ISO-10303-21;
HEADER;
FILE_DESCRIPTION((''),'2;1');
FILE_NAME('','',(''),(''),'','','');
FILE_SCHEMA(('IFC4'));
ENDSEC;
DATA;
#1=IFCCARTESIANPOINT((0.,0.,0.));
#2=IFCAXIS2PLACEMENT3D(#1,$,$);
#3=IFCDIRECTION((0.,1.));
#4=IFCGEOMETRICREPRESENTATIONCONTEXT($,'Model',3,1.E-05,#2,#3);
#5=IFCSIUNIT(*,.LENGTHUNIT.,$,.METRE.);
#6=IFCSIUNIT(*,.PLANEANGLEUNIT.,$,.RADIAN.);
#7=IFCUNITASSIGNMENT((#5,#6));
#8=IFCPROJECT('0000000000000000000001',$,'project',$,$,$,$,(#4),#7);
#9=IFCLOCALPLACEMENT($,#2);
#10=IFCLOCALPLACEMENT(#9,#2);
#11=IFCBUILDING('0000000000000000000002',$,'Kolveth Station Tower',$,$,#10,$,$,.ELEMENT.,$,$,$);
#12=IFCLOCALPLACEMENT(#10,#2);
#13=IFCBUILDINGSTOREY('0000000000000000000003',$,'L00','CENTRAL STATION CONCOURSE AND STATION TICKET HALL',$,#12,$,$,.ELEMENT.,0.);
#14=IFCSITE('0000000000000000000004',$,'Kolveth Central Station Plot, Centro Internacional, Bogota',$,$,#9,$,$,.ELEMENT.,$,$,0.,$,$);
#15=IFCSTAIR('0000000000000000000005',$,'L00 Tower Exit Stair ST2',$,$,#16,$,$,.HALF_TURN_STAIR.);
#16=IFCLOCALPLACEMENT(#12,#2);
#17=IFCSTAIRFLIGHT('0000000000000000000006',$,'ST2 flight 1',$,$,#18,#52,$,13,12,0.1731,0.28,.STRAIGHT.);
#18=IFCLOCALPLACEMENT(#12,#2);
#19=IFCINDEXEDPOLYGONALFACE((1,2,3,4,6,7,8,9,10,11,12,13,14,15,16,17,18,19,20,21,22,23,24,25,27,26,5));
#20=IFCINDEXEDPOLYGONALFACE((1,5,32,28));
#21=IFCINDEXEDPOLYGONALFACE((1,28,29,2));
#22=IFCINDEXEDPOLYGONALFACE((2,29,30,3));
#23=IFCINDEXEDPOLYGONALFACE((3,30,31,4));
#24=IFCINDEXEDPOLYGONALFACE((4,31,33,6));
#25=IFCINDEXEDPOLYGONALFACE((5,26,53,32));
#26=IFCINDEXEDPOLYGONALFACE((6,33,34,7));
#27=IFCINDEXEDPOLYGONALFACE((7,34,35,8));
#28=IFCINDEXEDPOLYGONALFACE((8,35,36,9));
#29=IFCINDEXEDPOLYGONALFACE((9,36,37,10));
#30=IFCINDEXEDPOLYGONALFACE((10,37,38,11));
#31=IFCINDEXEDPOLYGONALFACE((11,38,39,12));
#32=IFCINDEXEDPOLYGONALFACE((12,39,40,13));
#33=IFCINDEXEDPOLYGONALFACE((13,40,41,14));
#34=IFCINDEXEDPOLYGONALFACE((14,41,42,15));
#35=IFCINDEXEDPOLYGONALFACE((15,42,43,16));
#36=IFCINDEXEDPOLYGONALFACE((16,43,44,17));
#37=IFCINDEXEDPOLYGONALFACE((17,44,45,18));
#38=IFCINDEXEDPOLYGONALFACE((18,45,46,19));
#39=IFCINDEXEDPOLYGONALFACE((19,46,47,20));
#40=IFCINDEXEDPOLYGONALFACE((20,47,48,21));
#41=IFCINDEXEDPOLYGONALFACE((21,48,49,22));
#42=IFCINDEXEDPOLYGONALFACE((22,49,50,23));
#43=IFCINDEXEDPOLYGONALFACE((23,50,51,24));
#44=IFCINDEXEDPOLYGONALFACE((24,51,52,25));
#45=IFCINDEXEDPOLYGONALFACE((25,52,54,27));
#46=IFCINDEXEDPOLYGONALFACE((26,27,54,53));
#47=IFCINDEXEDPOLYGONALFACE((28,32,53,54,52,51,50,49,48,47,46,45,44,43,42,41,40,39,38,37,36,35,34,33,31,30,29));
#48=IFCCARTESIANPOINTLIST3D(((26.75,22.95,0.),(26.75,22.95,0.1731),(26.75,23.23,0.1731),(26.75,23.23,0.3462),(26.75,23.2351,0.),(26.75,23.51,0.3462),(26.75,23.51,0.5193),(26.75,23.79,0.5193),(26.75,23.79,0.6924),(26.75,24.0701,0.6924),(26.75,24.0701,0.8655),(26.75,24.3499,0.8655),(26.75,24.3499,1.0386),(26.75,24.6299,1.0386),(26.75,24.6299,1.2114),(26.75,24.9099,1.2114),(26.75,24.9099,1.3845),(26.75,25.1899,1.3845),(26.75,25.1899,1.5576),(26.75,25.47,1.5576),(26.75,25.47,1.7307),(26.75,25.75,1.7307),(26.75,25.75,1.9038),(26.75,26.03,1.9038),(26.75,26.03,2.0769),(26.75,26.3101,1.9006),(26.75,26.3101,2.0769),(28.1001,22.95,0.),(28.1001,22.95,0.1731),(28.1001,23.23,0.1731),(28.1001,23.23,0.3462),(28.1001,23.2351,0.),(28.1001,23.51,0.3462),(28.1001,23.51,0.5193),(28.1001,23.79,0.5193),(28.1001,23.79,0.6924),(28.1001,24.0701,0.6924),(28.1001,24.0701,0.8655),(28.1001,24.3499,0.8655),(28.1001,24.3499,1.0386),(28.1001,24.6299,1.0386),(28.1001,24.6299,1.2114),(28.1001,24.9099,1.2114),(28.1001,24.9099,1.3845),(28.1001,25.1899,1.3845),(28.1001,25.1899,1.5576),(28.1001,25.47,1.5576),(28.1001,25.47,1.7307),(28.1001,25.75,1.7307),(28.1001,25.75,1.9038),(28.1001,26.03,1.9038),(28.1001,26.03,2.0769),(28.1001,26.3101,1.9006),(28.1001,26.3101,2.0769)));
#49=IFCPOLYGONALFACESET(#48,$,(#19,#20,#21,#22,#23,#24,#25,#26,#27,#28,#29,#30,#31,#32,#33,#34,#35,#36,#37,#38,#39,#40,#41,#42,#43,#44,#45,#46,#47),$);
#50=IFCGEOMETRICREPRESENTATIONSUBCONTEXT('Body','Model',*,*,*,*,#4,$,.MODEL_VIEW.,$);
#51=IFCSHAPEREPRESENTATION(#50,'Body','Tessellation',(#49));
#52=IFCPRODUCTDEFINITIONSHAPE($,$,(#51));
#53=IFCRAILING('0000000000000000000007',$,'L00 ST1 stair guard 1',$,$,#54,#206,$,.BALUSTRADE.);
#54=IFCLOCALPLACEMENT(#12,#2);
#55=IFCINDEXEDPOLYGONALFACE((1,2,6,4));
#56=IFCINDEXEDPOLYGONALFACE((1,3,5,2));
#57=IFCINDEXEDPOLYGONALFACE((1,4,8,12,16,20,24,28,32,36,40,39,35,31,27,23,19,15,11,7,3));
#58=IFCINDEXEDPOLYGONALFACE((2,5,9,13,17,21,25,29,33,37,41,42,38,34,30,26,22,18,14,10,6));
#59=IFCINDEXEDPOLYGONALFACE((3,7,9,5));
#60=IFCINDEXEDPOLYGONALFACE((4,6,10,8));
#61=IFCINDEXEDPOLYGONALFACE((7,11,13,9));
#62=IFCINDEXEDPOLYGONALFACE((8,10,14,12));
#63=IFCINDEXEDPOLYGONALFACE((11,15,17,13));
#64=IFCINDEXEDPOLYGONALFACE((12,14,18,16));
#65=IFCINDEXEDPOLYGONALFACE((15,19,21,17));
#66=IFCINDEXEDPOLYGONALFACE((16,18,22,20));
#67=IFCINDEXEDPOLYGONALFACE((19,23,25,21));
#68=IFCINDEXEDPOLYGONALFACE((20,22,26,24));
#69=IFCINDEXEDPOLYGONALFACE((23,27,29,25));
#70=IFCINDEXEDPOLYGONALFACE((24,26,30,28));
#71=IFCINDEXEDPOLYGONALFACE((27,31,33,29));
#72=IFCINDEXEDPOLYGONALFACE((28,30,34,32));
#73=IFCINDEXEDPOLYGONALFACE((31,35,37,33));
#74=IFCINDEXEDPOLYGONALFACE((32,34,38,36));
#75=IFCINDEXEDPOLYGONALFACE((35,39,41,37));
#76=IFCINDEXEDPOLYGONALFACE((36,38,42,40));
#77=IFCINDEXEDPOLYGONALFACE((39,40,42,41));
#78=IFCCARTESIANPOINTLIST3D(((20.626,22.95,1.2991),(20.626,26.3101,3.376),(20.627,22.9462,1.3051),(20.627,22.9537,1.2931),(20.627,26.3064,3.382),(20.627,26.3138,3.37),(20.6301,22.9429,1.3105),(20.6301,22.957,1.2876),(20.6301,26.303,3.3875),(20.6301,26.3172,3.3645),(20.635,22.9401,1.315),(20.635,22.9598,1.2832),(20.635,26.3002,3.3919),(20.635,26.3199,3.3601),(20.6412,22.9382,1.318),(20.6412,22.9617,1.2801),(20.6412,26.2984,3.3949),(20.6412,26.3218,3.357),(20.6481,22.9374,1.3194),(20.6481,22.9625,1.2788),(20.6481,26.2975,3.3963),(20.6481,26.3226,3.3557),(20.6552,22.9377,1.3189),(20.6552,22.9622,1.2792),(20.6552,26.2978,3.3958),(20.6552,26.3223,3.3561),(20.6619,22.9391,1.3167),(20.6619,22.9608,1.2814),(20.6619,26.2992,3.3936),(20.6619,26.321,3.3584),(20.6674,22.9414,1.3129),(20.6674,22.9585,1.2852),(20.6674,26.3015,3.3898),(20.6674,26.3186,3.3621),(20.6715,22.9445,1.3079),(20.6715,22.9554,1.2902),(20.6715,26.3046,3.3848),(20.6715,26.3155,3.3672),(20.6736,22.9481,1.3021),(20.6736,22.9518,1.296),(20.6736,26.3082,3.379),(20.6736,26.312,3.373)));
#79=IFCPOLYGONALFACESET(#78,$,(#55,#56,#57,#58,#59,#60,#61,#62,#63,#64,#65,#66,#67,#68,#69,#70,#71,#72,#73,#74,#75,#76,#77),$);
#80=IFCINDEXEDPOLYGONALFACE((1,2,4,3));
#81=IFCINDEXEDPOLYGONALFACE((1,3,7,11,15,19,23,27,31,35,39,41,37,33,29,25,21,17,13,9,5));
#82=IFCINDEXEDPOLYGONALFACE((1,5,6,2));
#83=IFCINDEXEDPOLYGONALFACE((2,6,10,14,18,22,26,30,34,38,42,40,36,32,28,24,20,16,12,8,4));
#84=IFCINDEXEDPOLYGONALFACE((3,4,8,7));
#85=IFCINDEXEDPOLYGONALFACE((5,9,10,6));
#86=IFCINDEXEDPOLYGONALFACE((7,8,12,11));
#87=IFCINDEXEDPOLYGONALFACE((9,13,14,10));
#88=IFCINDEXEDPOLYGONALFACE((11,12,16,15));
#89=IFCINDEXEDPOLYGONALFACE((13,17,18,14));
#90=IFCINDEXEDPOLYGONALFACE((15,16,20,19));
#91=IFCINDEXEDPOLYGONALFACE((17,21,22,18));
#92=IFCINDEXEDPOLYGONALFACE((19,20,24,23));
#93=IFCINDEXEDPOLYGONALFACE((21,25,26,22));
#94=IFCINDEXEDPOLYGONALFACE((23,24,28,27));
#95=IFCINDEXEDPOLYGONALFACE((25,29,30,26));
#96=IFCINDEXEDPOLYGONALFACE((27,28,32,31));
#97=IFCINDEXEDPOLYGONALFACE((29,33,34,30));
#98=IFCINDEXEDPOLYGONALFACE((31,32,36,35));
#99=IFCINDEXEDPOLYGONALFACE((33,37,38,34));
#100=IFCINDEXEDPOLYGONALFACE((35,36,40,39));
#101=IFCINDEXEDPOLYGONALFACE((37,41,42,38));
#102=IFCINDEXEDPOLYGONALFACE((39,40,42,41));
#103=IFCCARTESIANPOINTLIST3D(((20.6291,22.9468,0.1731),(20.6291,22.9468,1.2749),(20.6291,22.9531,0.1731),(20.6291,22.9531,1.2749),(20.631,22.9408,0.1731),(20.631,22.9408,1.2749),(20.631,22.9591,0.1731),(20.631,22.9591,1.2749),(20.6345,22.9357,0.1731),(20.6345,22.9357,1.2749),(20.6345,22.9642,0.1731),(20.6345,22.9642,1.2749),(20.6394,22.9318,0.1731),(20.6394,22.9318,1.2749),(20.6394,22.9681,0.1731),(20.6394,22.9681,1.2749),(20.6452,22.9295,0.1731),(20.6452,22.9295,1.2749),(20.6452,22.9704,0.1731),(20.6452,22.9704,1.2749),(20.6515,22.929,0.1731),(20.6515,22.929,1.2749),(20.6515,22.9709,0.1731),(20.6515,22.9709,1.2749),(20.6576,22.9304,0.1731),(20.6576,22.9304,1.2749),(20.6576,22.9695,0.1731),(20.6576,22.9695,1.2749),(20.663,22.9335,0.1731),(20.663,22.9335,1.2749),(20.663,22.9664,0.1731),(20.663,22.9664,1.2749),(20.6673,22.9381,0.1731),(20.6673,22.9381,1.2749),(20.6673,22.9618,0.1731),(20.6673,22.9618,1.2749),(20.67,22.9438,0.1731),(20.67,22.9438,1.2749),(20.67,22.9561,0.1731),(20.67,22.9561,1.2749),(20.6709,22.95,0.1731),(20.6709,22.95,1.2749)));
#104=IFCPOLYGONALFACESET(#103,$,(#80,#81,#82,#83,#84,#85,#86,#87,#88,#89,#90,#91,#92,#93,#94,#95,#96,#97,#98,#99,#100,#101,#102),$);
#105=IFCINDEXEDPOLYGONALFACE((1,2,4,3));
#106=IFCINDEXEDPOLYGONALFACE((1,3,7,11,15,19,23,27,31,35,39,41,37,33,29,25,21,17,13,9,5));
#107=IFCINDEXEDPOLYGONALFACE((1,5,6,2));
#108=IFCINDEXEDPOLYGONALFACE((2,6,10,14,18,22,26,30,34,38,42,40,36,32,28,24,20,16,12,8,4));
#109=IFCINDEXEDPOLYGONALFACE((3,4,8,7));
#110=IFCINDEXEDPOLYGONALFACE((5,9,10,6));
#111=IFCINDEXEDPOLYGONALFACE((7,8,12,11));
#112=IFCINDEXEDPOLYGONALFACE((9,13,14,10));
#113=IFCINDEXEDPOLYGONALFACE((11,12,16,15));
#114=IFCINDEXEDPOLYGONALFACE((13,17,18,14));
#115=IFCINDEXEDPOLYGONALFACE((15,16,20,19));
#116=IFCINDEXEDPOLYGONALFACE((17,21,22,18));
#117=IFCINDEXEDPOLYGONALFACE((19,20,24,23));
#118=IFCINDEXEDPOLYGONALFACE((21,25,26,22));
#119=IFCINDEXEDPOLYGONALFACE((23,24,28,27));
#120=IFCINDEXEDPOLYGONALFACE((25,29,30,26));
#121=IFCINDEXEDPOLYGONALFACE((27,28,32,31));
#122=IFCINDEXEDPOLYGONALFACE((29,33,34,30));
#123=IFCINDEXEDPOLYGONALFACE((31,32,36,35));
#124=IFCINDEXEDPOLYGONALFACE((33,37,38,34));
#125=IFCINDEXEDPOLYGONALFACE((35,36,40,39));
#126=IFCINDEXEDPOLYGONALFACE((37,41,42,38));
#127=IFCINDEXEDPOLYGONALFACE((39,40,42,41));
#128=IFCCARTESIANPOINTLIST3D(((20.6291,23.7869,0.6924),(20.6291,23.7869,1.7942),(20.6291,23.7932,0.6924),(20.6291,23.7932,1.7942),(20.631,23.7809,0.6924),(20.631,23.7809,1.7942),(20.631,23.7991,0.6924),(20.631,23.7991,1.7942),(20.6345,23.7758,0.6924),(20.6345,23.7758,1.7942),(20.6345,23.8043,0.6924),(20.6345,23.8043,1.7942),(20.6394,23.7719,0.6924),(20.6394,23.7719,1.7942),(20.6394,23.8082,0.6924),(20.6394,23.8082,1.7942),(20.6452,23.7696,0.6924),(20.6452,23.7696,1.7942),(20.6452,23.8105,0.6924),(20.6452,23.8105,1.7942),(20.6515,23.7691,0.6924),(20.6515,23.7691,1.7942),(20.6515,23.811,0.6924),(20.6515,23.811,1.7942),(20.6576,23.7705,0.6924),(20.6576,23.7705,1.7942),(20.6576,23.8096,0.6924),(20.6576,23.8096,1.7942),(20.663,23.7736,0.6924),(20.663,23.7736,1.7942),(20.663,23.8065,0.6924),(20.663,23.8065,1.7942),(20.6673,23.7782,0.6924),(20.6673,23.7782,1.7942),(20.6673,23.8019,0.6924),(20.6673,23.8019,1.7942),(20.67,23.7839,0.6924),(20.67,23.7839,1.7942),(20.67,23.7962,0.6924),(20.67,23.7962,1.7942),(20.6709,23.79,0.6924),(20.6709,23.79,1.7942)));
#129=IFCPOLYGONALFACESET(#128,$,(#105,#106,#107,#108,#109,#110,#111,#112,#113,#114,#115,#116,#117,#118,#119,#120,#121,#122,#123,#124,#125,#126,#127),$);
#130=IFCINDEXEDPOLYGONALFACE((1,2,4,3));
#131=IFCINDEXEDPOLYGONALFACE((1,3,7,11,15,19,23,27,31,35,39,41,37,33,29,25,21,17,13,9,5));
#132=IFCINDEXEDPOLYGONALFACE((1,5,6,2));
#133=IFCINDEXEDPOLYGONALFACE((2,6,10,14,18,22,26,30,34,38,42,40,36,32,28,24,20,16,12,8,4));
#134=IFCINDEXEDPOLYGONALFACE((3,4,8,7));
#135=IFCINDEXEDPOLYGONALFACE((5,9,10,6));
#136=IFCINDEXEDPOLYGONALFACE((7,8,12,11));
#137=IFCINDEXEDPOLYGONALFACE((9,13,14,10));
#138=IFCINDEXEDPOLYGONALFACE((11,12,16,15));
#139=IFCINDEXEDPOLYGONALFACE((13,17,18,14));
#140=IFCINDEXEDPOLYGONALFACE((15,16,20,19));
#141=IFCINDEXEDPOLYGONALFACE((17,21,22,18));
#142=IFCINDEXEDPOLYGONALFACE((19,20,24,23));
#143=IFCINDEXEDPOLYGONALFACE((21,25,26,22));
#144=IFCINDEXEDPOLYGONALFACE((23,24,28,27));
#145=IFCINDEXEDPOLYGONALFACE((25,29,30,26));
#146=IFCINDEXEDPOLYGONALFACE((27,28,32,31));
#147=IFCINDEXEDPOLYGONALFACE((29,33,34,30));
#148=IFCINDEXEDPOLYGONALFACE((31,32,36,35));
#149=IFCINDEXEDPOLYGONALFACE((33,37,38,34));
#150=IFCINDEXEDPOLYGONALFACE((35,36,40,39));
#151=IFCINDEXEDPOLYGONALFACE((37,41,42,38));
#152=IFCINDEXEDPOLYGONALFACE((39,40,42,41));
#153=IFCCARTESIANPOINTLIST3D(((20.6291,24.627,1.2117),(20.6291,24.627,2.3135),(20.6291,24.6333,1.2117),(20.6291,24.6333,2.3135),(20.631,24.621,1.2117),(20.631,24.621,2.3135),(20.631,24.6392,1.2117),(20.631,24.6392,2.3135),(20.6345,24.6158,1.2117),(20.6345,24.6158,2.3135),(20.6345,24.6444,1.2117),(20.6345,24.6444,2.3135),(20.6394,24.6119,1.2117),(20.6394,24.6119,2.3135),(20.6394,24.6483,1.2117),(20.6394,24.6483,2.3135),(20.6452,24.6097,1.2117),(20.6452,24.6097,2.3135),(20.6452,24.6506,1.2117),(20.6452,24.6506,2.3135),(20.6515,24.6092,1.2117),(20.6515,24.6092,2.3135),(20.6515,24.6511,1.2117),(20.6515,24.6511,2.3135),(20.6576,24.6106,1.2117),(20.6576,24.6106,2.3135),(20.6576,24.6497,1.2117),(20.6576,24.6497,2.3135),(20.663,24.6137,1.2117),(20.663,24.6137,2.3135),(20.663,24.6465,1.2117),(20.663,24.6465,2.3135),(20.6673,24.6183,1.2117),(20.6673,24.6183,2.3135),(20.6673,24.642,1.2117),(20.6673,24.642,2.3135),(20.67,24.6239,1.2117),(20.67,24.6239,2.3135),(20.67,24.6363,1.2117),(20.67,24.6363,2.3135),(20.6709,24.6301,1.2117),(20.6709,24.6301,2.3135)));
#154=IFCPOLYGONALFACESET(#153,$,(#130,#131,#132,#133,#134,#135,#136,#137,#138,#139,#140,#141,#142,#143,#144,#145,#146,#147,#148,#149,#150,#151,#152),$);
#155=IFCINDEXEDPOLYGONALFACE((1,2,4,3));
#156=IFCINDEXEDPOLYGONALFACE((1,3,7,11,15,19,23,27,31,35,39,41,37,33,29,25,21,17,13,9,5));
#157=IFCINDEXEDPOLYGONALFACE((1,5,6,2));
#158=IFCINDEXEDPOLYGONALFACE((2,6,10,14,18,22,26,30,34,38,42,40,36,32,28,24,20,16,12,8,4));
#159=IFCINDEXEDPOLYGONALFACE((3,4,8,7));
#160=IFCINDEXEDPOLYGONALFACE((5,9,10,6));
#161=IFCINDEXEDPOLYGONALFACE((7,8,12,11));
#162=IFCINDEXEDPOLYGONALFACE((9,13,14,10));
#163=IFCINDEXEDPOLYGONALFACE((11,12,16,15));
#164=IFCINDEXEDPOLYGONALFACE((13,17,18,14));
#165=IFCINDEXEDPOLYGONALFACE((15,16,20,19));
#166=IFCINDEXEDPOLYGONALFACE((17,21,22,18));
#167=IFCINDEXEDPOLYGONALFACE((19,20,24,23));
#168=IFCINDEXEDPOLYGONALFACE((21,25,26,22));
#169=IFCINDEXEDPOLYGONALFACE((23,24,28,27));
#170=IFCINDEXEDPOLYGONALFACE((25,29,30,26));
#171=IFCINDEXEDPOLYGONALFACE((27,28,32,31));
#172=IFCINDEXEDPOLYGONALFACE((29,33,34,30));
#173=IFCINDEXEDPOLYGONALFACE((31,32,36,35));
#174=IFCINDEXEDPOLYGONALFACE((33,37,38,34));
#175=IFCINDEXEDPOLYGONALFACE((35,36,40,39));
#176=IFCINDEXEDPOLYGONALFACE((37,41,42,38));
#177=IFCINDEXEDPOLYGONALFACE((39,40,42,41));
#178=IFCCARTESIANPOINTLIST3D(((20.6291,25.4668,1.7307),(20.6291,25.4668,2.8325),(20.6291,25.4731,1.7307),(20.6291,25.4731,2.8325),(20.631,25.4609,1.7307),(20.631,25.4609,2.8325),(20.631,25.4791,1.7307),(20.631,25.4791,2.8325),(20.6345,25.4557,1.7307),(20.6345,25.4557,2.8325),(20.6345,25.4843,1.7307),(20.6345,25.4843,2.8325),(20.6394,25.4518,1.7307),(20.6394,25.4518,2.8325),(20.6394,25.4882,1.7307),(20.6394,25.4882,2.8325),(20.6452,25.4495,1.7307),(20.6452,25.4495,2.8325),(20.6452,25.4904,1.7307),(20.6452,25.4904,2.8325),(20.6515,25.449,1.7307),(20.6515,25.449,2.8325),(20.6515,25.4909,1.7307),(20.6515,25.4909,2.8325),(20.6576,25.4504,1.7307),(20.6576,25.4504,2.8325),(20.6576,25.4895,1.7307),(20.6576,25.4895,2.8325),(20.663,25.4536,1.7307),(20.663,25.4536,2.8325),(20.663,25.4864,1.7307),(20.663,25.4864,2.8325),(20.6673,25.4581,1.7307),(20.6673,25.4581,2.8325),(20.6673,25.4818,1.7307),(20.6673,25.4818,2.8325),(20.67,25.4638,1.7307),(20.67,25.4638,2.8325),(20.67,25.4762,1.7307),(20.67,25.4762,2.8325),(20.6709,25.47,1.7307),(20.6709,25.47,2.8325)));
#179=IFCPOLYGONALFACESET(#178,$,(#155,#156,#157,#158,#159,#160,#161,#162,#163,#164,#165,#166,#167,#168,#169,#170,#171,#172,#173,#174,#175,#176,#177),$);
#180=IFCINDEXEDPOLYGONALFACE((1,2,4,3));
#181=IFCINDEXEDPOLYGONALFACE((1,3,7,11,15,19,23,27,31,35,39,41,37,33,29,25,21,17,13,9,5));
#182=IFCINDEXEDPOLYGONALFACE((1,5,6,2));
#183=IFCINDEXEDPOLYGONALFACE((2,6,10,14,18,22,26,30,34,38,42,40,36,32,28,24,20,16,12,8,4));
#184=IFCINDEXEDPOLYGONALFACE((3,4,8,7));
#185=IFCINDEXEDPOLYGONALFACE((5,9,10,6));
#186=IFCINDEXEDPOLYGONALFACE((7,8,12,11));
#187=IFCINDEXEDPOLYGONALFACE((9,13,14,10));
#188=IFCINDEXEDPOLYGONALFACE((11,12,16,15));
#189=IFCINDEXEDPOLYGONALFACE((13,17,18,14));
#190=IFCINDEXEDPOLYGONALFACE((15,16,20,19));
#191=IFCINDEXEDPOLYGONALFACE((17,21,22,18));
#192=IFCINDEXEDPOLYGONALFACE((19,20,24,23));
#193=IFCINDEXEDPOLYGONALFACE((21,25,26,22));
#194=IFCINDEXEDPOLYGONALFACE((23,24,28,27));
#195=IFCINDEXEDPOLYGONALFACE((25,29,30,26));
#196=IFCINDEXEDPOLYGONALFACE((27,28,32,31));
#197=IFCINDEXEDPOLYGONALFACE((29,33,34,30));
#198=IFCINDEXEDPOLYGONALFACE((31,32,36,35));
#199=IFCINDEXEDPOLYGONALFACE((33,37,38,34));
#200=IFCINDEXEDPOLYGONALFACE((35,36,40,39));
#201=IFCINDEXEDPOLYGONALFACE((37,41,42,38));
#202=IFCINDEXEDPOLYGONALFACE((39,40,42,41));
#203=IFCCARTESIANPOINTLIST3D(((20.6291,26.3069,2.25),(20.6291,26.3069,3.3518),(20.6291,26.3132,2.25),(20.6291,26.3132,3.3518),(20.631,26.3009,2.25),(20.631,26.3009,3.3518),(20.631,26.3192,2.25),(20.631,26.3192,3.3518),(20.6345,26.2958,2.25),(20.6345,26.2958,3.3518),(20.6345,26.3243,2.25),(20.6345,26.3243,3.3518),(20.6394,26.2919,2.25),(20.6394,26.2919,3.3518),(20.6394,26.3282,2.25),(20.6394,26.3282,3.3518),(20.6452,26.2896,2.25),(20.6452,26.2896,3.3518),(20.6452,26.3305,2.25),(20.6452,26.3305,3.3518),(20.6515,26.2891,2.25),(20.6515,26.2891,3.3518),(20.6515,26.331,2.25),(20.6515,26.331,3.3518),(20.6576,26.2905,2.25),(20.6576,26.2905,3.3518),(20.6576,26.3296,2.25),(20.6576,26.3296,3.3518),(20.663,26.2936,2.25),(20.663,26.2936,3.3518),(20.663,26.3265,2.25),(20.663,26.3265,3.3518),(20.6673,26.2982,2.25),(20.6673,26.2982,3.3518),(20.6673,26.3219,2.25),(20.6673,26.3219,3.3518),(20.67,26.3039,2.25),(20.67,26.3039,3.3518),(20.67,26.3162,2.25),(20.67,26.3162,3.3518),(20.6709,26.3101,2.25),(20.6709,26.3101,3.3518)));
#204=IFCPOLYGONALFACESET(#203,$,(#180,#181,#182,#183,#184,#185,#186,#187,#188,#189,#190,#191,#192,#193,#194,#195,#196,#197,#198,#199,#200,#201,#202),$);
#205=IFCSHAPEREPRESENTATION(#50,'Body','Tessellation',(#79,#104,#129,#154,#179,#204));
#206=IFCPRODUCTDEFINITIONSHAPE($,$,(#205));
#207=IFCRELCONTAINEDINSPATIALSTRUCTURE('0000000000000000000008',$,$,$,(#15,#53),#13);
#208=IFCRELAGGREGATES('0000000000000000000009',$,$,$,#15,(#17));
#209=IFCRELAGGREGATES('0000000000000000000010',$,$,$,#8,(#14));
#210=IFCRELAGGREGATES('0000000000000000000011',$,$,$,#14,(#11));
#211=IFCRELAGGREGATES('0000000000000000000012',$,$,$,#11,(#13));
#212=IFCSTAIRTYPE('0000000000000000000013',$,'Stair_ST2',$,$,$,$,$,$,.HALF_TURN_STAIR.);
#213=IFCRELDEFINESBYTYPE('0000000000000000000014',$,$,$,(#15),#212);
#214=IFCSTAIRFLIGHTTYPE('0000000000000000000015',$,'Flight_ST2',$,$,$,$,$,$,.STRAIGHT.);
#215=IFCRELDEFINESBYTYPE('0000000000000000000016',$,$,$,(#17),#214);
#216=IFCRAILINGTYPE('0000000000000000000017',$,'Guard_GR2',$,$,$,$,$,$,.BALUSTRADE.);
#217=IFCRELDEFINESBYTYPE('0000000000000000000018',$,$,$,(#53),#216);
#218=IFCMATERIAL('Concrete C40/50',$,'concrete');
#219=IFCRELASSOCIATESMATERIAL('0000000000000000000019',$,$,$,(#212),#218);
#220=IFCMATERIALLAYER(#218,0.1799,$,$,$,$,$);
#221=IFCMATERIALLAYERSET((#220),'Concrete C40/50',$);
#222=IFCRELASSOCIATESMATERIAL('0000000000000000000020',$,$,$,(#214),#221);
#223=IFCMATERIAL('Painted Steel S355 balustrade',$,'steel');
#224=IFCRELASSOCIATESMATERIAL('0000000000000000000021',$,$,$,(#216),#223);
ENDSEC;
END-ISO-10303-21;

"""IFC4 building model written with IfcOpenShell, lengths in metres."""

from ifc_helpers import new_model, si_unit, direction, frame, origin, origin_2d, place, context, subcontext, project, spatial, polyline, circle, outline, extrude, material, layer, layer_set, type_object, element, aggregate, save


model = new_model("IFC4")

# Units and contexts
model_context = context("Model", 3, precision=1e-05, world=origin(), true_north=direction((0.0, 1.0)))
body_context = subcontext(model_context, "Body", "Model", "MODEL_VIEW")
ifc_project = project(units=[si_unit("LENGTHUNIT", "METRE"), si_unit("PLANEANGLEUNIT", "RADIAN")], contexts=[model_context])

# Site, building, storey
site_placement = place(None, origin())
site = spatial("IfcSite", under=ifc_project, at=site_placement, Name="Kolveth Central Station Plot, Centro Internacional, Bogota", CompositionType="ELEMENT", RefElevation=0.0)
building_placement = place(site_placement, origin())
building = spatial("IfcBuilding", under=site, at=building_placement, Name="Kolveth Station Tower", CompositionType="ELEMENT")
storey_placement = place(building_placement, origin())
storey = spatial("IfcBuildingStorey", under=building, at=storey_placement, Name="L00", Description="CENTRAL STATION CONCOURSE AND STATION TICKET HALL", CompositionType="ELEMENT", Elevation=0.0)

# Shared definitions
ifc_material_1 = material(Name="Concrete C40/50", Category="concrete")

# Stair, stair flight
stair_type_1 = type_object("IfcStairType", Name="Stair_ST2", PredefinedType="HALF_TURN_STAIR", material=ifc_material_1)
stair_1_placement = place(storey_placement, origin())
stair_1 = element("IfcStair", 1, at=stair_1_placement, inside=storey, type_object=stair_type_1, Name="L00 Tower Exit Stair ST2", PredefinedType="HALF_TURN_STAIR")
ifc_layer_1 = layer(ifc_material_1, 0.1799)
ifc_layer_set_1 = layer_set([ifc_layer_1], Name="Concrete C40/50")
stair_flight_type_1 = type_object("IfcStairFlightType", Name="Flight_ST2", PredefinedType="STRAIGHT", material=ifc_layer_set_1)
stair_flight_1_placement = place(storey_placement, frame((27.425, 22.95, 0.0), z_axis=(0.0, 0.0, 1.0), x_axis=(0.0, 1.0, 0.0)))
stair_flight_1 = element("IfcStairFlight", 2, at=stair_flight_1_placement, type_object=stair_flight_type_1, Name="ST2 flight 1", NumberOfRisers=13, NumberOfTreads=12, PredefinedType="STRAIGHT", RiserHeight=0.1731, TreadLength=0.28, context=body_context, shape_type="SweptSolid", body=[
    extrude(outline(polyline([(0.0, 0.0), (0.0, 0.1731), (0.28, 0.1731), (0.28, 0.3462), (0.5601, 0.3462), (0.5601, 0.5193), (0.8401, 0.5193), (0.8401, 0.6924), (1.1201, 0.6924), (1.1201, 0.8655), (1.3999, 0.8655), (1.3999, 1.0386), (1.6799, 1.0386), (1.6799, 1.2114), (1.96, 1.2114), (1.96, 1.3845), (2.24, 1.3845), (2.24, 1.5576), (2.52, 1.5576), (2.52, 1.7307), (2.8, 1.7307), (2.8, 1.9038), (3.0801, 1.9038), (3.0801, 2.0769), (3.3601, 2.0769), (3.3601, 2.25), (3.3601, 1.9006), (0.2852, 0.0), (0.0, 0.0)])), frame((0.0, 0.675, 0.0), z_axis=(0.0, -1.0, 0.0), x_axis=(1.0, 0.0, 0.0)), (0.0, 0.0, 1.0), 1.3501),
])
aggregate(stair_1, [stair_flight_1])

# Railing
ifc_material_2 = material(Name="Painted Steel S355 balustrade", Category="steel")
railing_type_1 = type_object("IfcRailingType", Name="Guard_GR2", PredefinedType="BALUSTRADE", material=ifc_material_2)
railing_1_placement = place(storey_placement, frame((20.6499, 22.95, 0.1731)))
element("IfcRailing", 3, at=railing_1_placement, inside=storey, type_object=railing_type_1, Name="L00 ST1 stair guard 1", PredefinedType="BALUSTRADE", context=body_context, shape_type="SweptSolid", body=[
    extrude(circle(Radius=0.0239, at=origin_2d()), frame((0.0, 0.0, 1.126), z_axis=(0.0, 0.850623, 0.525776), x_axis=(-1.0, 0.0, 0.0)), (0.0, 0.0, 1.0), 3.9502),
    extrude(circle(Radius=0.021, at=origin_2d()), origin(), (0.0, 0.0, 1.0), 1.1018),
    extrude(circle(Radius=0.021, at=origin_2d()), frame((0.0, 0.8401, 0.5193)), (0.0, 0.0, 1.0), 1.1018),
    extrude(circle(Radius=0.021, at=origin_2d()), frame((0.0, 1.6802, 1.0386)), (0.0, 0.0, 1.0), 1.1018),
    extrude(circle(Radius=0.021, at=origin_2d()), frame((0.0, 2.52, 1.5576)), (0.0, 0.0, 1.0), 1.1018),
    extrude(circle(Radius=0.021, at=origin_2d()), frame((0.0, 3.3601, 2.0769)), (0.0, 0.0, 1.0), 1.1018),
])

save(model, "model.ifc")
